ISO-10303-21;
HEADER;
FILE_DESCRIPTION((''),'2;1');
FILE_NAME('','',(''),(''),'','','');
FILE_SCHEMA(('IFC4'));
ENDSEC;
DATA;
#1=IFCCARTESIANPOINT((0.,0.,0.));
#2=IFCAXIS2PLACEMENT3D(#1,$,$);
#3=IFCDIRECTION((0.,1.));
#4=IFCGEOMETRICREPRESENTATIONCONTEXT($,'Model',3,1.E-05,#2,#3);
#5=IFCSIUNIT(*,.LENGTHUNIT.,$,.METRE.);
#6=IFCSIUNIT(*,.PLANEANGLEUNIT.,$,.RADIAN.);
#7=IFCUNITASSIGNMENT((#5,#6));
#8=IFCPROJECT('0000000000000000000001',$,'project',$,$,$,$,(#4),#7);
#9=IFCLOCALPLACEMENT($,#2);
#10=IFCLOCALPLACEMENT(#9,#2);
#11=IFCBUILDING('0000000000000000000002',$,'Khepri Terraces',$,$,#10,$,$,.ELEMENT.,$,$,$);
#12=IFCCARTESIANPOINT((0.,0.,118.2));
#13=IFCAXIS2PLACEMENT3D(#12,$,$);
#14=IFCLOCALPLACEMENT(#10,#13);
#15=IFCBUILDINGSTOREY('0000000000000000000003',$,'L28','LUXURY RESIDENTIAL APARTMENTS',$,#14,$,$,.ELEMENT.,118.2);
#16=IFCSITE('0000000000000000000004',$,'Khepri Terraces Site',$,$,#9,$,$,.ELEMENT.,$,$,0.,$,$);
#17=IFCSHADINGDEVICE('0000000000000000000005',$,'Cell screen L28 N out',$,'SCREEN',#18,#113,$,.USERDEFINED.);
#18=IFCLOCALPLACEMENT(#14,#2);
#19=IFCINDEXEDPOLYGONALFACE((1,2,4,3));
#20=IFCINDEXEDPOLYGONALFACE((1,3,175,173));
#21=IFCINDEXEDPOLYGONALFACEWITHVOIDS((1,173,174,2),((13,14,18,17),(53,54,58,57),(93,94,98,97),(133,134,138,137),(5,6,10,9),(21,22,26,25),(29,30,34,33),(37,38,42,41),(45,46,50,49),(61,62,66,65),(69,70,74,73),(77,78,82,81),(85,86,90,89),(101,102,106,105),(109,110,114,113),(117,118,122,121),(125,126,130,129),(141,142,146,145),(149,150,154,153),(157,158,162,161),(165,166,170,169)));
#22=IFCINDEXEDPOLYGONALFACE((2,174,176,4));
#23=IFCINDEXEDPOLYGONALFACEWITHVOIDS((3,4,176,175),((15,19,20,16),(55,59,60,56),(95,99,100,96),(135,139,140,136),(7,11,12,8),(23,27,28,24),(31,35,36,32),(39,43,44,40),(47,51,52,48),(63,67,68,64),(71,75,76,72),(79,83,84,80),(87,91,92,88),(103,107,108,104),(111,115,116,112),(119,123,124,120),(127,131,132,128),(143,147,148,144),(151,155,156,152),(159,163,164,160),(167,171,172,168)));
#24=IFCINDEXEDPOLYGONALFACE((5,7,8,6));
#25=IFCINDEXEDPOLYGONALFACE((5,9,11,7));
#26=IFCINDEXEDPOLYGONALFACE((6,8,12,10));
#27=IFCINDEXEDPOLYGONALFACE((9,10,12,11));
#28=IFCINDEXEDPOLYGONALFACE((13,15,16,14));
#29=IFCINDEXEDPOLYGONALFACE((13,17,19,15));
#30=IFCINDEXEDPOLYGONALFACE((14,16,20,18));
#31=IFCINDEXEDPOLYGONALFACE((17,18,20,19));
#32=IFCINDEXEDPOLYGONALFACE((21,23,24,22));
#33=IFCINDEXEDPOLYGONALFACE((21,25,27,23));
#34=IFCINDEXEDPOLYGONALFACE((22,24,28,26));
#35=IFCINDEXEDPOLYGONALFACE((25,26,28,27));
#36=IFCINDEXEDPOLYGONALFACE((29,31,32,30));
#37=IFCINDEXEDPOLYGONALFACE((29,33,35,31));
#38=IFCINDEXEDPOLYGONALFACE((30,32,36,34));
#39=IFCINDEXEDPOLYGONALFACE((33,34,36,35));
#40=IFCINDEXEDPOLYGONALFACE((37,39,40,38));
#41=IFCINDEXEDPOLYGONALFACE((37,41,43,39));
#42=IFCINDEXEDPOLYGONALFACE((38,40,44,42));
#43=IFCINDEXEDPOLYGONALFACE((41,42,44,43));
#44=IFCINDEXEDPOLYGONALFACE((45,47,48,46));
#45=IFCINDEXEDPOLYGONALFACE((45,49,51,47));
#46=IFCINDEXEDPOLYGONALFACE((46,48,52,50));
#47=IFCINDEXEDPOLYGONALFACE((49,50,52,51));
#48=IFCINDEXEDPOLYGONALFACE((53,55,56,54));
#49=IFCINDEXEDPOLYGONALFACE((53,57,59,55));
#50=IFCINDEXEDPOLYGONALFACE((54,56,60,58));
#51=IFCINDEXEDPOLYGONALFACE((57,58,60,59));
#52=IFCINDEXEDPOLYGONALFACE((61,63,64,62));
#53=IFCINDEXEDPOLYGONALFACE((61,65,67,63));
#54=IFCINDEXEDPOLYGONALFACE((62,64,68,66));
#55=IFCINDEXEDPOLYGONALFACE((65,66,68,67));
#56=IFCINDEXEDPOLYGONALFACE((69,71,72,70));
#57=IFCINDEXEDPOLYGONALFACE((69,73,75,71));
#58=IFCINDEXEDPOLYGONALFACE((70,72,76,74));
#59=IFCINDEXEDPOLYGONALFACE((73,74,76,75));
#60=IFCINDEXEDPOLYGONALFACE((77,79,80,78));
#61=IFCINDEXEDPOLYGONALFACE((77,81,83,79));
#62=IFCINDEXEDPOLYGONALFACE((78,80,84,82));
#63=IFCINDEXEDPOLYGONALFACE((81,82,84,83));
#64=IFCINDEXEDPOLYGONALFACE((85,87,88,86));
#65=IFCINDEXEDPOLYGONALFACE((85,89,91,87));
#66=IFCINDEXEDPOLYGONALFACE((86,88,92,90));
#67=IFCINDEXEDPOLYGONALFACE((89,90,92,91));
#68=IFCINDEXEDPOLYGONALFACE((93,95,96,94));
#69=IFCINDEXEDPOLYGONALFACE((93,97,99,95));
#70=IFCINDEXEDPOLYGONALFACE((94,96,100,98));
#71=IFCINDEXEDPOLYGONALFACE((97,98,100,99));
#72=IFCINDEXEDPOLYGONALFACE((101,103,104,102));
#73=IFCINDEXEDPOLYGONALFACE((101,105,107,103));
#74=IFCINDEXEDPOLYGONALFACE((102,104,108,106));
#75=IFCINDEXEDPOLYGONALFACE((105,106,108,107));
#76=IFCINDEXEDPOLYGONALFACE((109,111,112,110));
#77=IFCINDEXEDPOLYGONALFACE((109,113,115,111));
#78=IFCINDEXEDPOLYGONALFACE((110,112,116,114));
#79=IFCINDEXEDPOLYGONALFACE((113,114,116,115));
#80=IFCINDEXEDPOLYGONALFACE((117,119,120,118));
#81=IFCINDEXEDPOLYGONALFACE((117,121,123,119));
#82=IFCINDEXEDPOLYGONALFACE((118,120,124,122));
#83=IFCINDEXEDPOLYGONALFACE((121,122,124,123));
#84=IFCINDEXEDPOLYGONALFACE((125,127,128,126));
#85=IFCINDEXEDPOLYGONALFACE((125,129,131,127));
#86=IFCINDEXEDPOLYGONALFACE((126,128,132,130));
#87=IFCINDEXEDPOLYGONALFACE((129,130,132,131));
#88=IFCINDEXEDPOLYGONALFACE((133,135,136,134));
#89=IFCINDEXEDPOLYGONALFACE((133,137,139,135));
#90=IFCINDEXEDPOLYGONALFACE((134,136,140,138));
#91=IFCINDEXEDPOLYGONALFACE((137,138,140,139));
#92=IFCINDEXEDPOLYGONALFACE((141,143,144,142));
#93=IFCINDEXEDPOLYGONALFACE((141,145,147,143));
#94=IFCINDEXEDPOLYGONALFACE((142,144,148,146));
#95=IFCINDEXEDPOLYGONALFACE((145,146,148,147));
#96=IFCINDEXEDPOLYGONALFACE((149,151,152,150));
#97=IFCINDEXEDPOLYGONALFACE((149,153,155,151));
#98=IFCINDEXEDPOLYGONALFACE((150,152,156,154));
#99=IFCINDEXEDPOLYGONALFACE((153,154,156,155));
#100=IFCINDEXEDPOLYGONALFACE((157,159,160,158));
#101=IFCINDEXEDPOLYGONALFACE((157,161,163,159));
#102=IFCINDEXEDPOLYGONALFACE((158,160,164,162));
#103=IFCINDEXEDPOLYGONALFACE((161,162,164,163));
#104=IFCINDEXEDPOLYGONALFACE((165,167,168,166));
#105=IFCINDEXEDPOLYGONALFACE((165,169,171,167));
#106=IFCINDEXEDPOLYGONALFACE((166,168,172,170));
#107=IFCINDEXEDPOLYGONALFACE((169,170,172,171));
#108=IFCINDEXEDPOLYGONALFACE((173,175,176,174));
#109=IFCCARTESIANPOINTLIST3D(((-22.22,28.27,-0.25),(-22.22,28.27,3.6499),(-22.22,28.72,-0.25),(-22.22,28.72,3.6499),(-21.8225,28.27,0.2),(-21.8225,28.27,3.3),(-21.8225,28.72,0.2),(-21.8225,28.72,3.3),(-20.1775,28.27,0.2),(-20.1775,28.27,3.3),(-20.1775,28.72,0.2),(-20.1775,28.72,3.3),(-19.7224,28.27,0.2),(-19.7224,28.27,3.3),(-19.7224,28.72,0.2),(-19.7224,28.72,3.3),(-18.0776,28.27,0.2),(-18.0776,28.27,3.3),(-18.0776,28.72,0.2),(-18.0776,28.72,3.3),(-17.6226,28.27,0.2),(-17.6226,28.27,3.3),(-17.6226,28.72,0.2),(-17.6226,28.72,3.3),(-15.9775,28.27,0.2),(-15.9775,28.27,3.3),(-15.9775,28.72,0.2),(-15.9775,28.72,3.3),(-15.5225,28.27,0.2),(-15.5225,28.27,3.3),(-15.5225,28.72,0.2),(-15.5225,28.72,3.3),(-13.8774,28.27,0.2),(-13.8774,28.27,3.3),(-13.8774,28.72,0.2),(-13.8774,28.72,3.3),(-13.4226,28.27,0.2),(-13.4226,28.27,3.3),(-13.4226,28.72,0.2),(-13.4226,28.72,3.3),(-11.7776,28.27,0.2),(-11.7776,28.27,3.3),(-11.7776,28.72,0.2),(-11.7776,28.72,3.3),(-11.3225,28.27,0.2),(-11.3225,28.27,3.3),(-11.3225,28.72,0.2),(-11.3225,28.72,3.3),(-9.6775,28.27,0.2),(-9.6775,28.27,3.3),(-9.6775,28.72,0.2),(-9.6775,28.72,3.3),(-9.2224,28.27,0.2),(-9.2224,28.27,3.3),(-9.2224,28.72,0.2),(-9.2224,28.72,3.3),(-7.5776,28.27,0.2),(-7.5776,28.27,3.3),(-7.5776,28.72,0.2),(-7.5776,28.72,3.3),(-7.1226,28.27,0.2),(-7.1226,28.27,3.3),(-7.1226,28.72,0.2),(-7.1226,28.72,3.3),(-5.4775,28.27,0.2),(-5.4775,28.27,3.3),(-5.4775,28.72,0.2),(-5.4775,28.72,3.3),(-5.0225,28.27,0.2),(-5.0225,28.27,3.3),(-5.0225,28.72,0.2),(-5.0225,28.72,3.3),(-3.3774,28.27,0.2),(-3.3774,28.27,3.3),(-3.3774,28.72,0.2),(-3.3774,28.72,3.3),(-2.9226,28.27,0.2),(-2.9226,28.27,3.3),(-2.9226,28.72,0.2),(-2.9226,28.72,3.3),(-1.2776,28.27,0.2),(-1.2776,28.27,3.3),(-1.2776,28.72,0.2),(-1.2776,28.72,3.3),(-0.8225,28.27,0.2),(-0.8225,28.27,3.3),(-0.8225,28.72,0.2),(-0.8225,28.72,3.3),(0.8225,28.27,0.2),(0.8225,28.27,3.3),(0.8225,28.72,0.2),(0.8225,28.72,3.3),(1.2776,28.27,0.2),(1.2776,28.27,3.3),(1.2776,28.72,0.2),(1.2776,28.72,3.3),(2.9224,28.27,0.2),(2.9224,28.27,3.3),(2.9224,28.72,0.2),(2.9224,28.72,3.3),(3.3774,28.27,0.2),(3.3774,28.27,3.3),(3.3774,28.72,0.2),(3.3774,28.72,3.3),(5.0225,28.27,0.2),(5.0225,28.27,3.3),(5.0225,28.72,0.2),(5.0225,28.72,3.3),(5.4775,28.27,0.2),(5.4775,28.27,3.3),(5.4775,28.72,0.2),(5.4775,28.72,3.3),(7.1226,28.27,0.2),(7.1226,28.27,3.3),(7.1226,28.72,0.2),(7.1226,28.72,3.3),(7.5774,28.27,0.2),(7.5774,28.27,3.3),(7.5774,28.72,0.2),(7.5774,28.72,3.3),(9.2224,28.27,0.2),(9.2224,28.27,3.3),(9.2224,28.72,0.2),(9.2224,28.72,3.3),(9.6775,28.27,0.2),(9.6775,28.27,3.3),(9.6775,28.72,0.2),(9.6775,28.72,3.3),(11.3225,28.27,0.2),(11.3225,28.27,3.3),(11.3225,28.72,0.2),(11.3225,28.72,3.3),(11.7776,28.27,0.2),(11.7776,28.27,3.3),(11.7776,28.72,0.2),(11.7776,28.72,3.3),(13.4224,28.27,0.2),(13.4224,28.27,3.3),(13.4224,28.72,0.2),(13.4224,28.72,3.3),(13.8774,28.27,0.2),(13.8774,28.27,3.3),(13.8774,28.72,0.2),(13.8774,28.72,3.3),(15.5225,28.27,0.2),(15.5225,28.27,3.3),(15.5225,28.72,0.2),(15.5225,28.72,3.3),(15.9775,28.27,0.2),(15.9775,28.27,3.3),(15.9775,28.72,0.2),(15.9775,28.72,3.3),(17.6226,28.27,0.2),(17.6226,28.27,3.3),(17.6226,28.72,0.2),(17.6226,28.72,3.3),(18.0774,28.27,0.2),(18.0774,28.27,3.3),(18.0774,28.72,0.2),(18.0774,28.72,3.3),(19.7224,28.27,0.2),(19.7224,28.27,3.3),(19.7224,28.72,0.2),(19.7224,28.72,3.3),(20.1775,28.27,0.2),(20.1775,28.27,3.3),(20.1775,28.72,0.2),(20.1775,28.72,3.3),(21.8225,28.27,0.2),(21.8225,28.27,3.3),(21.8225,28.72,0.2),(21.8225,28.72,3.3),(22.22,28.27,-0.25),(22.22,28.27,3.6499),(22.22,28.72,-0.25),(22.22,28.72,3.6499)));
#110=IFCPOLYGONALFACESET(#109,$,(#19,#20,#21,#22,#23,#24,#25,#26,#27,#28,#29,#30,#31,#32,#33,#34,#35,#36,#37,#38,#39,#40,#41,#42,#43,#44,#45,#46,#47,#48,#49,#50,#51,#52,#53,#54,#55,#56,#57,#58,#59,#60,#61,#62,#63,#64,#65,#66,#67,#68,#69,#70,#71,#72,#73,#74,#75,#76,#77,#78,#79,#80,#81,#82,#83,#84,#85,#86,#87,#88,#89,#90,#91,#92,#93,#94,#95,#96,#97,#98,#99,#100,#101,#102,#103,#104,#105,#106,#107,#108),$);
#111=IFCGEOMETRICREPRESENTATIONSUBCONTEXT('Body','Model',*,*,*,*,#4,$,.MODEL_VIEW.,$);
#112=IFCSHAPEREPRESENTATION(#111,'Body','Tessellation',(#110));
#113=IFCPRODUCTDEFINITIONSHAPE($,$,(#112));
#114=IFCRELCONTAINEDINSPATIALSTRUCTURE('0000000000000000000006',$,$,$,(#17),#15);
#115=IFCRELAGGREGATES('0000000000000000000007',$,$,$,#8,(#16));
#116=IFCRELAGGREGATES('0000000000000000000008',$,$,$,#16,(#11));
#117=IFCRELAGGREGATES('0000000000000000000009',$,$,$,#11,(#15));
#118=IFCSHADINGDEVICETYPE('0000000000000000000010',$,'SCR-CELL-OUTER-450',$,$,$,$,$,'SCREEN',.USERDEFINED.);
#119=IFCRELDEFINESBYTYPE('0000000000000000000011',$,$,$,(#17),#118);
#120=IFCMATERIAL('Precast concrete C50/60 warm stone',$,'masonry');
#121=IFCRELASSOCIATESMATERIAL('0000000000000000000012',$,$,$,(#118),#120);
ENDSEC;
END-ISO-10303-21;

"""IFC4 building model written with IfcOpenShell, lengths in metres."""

from ifc_helpers import new_model, si_unit, direction, frame, origin, place, context, subcontext, project, spatial, polyline, outline, extrude, material, type_object, element, save


model = new_model("IFC4")

# Units and contexts
model_context = context("Model", 3, precision=1e-05, world=origin(), true_north=direction((0.0, 1.0)))
body_context = subcontext(model_context, "Body", "Model", "MODEL_VIEW")
ifc_project = project(units=[si_unit("LENGTHUNIT", "METRE"), si_unit("PLANEANGLEUNIT", "RADIAN")], contexts=[model_context])

# Site, building, storey
site_placement = place(None, origin())
site = spatial("IfcSite", under=ifc_project, at=site_placement, Name="Khepri Terraces Site", CompositionType="ELEMENT", RefElevation=0.0)
building_placement = place(site_placement, origin())
building = spatial("IfcBuilding", under=site, at=building_placement, Name="Khepri Terraces", CompositionType="ELEMENT")
storey_placement = place(building_placement, frame((0.0, 0.0, 118.2)))
storey = spatial("IfcBuildingStorey", under=building, at=storey_placement, Name="L28", Description="LUXURY RESIDENTIAL APARTMENTS", CompositionType="ELEMENT", Elevation=118.2)

# Shared definitions
ifc_material_1 = material(Name="Precast concrete C50/60 warm stone", Category="masonry")

# Shading device
shading_device_type_1 = type_object("IfcShadingDeviceType", Name="SCR-CELL-OUTER-450", ElementType="SCREEN", PredefinedType="USERDEFINED", material=ifc_material_1)
shading_device_1_placement = place(storey_placement, frame((22.22, 28.27, -0.25), z_axis=(0.0, 1.0, 0.0), x_axis=(-1.0, 0.0, 0.0)))
element("IfcShadingDevice", 1, at=shading_device_1_placement, inside=storey, type_object=shading_device_type_1, Name="Cell screen L28 N out", ObjectType="SCREEN", PredefinedType="USERDEFINED", context=body_context, shape_type="SweptSolid", body=[
    extrude(outline(polyline([(0.0, 0.0), (44.4399, 0.0), (44.4399, 3.8999), (0.0, 3.8999), (0.0, 0.0)]), holes=[polyline([(0.3975, 0.45), (2.0425, 0.45), (2.0425, 3.55), (0.3975, 3.55), (0.3975, 0.45)]), polyline([(2.4976, 0.45), (4.1426, 0.45), (4.1426, 3.55), (2.4976, 3.55), (2.4976, 0.45)]), polyline([(4.5974, 0.45), (6.2424, 0.45), (6.2424, 3.55), (4.5974, 3.55), (4.5974, 0.45)]), polyline([(6.6975, 0.45), (8.3425, 0.45), (8.3425, 3.55), (6.6975, 3.55), (6.6975, 0.45)]), polyline([(8.7976, 0.45), (10.4424, 0.45), (10.4424, 3.55), (8.7976, 3.55), (8.7976, 0.45)]), polyline([(10.8975, 0.45), (12.5425, 0.45), (12.5425, 3.55), (10.8975, 3.55), (10.8975, 0.45)]), polyline([(12.9976, 0.45), (14.6426, 0.45), (14.6426, 3.55), (12.9976, 3.55), (12.9976, 0.45)]), polyline([(15.0974, 0.45), (16.7424, 0.45), (16.7424, 3.55), (15.0974, 3.55), (15.0974, 0.45)]), polyline([(17.1975, 0.45), (18.8425, 0.45), (18.8425, 3.55), (17.1975, 3.55), (17.1975, 0.45)]), polyline([(19.2976, 0.45), (20.9424, 0.45), (20.9424, 3.55), (19.2976, 3.55), (19.2976, 0.45)]), polyline([(21.3975, 0.45), (23.0425, 0.45), (23.0425, 3.55), (21.3975, 3.55), (21.3975, 0.45)]), polyline([(23.4976, 0.45), (25.1426, 0.45), (25.1426, 3.55), (23.4976, 3.55), (23.4976, 0.45)]), polyline([(25.5974, 0.45), (27.2424, 0.45), (27.2424, 3.55), (25.5974, 3.55), (25.5974, 0.45)]), polyline([(27.6975, 0.45), (29.3425, 0.45), (29.3425, 3.55), (27.6975, 3.55), (27.6975, 0.45)]), polyline([(29.7976, 0.45), (31.4424, 0.45), (31.4424, 3.55), (29.7976, 3.55), (29.7976, 0.45)]), polyline([(31.8975, 0.45), (33.5425, 0.45), (33.5425, 3.55), (31.8975, 3.55), (31.8975, 0.45)]), polyline([(33.9976, 0.45), (35.6426, 0.45), (35.6426, 3.55), (33.9976, 3.55), (33.9976, 0.45)]), polyline([(36.0974, 0.45), (37.7424, 0.45), (37.7424, 3.55), (36.0974, 3.55), (36.0974, 0.45)]), polyline([(38.1975, 0.45), (39.8425, 0.45), (39.8425, 3.55), (38.1975, 3.55), (38.1975, 0.45)]), polyline([(40.2976, 0.45), (41.9424, 0.45), (41.9424, 3.55), (40.2976, 3.55), (40.2976, 0.45)]), polyline([(42.3975, 0.45), (44.0425, 0.45), (44.0425, 3.55), (42.3975, 3.55), (42.3975, 0.45)])]), origin(), (0.0, 0.0, 1.0), 0.45),
])

save(model, "model.ifc")
